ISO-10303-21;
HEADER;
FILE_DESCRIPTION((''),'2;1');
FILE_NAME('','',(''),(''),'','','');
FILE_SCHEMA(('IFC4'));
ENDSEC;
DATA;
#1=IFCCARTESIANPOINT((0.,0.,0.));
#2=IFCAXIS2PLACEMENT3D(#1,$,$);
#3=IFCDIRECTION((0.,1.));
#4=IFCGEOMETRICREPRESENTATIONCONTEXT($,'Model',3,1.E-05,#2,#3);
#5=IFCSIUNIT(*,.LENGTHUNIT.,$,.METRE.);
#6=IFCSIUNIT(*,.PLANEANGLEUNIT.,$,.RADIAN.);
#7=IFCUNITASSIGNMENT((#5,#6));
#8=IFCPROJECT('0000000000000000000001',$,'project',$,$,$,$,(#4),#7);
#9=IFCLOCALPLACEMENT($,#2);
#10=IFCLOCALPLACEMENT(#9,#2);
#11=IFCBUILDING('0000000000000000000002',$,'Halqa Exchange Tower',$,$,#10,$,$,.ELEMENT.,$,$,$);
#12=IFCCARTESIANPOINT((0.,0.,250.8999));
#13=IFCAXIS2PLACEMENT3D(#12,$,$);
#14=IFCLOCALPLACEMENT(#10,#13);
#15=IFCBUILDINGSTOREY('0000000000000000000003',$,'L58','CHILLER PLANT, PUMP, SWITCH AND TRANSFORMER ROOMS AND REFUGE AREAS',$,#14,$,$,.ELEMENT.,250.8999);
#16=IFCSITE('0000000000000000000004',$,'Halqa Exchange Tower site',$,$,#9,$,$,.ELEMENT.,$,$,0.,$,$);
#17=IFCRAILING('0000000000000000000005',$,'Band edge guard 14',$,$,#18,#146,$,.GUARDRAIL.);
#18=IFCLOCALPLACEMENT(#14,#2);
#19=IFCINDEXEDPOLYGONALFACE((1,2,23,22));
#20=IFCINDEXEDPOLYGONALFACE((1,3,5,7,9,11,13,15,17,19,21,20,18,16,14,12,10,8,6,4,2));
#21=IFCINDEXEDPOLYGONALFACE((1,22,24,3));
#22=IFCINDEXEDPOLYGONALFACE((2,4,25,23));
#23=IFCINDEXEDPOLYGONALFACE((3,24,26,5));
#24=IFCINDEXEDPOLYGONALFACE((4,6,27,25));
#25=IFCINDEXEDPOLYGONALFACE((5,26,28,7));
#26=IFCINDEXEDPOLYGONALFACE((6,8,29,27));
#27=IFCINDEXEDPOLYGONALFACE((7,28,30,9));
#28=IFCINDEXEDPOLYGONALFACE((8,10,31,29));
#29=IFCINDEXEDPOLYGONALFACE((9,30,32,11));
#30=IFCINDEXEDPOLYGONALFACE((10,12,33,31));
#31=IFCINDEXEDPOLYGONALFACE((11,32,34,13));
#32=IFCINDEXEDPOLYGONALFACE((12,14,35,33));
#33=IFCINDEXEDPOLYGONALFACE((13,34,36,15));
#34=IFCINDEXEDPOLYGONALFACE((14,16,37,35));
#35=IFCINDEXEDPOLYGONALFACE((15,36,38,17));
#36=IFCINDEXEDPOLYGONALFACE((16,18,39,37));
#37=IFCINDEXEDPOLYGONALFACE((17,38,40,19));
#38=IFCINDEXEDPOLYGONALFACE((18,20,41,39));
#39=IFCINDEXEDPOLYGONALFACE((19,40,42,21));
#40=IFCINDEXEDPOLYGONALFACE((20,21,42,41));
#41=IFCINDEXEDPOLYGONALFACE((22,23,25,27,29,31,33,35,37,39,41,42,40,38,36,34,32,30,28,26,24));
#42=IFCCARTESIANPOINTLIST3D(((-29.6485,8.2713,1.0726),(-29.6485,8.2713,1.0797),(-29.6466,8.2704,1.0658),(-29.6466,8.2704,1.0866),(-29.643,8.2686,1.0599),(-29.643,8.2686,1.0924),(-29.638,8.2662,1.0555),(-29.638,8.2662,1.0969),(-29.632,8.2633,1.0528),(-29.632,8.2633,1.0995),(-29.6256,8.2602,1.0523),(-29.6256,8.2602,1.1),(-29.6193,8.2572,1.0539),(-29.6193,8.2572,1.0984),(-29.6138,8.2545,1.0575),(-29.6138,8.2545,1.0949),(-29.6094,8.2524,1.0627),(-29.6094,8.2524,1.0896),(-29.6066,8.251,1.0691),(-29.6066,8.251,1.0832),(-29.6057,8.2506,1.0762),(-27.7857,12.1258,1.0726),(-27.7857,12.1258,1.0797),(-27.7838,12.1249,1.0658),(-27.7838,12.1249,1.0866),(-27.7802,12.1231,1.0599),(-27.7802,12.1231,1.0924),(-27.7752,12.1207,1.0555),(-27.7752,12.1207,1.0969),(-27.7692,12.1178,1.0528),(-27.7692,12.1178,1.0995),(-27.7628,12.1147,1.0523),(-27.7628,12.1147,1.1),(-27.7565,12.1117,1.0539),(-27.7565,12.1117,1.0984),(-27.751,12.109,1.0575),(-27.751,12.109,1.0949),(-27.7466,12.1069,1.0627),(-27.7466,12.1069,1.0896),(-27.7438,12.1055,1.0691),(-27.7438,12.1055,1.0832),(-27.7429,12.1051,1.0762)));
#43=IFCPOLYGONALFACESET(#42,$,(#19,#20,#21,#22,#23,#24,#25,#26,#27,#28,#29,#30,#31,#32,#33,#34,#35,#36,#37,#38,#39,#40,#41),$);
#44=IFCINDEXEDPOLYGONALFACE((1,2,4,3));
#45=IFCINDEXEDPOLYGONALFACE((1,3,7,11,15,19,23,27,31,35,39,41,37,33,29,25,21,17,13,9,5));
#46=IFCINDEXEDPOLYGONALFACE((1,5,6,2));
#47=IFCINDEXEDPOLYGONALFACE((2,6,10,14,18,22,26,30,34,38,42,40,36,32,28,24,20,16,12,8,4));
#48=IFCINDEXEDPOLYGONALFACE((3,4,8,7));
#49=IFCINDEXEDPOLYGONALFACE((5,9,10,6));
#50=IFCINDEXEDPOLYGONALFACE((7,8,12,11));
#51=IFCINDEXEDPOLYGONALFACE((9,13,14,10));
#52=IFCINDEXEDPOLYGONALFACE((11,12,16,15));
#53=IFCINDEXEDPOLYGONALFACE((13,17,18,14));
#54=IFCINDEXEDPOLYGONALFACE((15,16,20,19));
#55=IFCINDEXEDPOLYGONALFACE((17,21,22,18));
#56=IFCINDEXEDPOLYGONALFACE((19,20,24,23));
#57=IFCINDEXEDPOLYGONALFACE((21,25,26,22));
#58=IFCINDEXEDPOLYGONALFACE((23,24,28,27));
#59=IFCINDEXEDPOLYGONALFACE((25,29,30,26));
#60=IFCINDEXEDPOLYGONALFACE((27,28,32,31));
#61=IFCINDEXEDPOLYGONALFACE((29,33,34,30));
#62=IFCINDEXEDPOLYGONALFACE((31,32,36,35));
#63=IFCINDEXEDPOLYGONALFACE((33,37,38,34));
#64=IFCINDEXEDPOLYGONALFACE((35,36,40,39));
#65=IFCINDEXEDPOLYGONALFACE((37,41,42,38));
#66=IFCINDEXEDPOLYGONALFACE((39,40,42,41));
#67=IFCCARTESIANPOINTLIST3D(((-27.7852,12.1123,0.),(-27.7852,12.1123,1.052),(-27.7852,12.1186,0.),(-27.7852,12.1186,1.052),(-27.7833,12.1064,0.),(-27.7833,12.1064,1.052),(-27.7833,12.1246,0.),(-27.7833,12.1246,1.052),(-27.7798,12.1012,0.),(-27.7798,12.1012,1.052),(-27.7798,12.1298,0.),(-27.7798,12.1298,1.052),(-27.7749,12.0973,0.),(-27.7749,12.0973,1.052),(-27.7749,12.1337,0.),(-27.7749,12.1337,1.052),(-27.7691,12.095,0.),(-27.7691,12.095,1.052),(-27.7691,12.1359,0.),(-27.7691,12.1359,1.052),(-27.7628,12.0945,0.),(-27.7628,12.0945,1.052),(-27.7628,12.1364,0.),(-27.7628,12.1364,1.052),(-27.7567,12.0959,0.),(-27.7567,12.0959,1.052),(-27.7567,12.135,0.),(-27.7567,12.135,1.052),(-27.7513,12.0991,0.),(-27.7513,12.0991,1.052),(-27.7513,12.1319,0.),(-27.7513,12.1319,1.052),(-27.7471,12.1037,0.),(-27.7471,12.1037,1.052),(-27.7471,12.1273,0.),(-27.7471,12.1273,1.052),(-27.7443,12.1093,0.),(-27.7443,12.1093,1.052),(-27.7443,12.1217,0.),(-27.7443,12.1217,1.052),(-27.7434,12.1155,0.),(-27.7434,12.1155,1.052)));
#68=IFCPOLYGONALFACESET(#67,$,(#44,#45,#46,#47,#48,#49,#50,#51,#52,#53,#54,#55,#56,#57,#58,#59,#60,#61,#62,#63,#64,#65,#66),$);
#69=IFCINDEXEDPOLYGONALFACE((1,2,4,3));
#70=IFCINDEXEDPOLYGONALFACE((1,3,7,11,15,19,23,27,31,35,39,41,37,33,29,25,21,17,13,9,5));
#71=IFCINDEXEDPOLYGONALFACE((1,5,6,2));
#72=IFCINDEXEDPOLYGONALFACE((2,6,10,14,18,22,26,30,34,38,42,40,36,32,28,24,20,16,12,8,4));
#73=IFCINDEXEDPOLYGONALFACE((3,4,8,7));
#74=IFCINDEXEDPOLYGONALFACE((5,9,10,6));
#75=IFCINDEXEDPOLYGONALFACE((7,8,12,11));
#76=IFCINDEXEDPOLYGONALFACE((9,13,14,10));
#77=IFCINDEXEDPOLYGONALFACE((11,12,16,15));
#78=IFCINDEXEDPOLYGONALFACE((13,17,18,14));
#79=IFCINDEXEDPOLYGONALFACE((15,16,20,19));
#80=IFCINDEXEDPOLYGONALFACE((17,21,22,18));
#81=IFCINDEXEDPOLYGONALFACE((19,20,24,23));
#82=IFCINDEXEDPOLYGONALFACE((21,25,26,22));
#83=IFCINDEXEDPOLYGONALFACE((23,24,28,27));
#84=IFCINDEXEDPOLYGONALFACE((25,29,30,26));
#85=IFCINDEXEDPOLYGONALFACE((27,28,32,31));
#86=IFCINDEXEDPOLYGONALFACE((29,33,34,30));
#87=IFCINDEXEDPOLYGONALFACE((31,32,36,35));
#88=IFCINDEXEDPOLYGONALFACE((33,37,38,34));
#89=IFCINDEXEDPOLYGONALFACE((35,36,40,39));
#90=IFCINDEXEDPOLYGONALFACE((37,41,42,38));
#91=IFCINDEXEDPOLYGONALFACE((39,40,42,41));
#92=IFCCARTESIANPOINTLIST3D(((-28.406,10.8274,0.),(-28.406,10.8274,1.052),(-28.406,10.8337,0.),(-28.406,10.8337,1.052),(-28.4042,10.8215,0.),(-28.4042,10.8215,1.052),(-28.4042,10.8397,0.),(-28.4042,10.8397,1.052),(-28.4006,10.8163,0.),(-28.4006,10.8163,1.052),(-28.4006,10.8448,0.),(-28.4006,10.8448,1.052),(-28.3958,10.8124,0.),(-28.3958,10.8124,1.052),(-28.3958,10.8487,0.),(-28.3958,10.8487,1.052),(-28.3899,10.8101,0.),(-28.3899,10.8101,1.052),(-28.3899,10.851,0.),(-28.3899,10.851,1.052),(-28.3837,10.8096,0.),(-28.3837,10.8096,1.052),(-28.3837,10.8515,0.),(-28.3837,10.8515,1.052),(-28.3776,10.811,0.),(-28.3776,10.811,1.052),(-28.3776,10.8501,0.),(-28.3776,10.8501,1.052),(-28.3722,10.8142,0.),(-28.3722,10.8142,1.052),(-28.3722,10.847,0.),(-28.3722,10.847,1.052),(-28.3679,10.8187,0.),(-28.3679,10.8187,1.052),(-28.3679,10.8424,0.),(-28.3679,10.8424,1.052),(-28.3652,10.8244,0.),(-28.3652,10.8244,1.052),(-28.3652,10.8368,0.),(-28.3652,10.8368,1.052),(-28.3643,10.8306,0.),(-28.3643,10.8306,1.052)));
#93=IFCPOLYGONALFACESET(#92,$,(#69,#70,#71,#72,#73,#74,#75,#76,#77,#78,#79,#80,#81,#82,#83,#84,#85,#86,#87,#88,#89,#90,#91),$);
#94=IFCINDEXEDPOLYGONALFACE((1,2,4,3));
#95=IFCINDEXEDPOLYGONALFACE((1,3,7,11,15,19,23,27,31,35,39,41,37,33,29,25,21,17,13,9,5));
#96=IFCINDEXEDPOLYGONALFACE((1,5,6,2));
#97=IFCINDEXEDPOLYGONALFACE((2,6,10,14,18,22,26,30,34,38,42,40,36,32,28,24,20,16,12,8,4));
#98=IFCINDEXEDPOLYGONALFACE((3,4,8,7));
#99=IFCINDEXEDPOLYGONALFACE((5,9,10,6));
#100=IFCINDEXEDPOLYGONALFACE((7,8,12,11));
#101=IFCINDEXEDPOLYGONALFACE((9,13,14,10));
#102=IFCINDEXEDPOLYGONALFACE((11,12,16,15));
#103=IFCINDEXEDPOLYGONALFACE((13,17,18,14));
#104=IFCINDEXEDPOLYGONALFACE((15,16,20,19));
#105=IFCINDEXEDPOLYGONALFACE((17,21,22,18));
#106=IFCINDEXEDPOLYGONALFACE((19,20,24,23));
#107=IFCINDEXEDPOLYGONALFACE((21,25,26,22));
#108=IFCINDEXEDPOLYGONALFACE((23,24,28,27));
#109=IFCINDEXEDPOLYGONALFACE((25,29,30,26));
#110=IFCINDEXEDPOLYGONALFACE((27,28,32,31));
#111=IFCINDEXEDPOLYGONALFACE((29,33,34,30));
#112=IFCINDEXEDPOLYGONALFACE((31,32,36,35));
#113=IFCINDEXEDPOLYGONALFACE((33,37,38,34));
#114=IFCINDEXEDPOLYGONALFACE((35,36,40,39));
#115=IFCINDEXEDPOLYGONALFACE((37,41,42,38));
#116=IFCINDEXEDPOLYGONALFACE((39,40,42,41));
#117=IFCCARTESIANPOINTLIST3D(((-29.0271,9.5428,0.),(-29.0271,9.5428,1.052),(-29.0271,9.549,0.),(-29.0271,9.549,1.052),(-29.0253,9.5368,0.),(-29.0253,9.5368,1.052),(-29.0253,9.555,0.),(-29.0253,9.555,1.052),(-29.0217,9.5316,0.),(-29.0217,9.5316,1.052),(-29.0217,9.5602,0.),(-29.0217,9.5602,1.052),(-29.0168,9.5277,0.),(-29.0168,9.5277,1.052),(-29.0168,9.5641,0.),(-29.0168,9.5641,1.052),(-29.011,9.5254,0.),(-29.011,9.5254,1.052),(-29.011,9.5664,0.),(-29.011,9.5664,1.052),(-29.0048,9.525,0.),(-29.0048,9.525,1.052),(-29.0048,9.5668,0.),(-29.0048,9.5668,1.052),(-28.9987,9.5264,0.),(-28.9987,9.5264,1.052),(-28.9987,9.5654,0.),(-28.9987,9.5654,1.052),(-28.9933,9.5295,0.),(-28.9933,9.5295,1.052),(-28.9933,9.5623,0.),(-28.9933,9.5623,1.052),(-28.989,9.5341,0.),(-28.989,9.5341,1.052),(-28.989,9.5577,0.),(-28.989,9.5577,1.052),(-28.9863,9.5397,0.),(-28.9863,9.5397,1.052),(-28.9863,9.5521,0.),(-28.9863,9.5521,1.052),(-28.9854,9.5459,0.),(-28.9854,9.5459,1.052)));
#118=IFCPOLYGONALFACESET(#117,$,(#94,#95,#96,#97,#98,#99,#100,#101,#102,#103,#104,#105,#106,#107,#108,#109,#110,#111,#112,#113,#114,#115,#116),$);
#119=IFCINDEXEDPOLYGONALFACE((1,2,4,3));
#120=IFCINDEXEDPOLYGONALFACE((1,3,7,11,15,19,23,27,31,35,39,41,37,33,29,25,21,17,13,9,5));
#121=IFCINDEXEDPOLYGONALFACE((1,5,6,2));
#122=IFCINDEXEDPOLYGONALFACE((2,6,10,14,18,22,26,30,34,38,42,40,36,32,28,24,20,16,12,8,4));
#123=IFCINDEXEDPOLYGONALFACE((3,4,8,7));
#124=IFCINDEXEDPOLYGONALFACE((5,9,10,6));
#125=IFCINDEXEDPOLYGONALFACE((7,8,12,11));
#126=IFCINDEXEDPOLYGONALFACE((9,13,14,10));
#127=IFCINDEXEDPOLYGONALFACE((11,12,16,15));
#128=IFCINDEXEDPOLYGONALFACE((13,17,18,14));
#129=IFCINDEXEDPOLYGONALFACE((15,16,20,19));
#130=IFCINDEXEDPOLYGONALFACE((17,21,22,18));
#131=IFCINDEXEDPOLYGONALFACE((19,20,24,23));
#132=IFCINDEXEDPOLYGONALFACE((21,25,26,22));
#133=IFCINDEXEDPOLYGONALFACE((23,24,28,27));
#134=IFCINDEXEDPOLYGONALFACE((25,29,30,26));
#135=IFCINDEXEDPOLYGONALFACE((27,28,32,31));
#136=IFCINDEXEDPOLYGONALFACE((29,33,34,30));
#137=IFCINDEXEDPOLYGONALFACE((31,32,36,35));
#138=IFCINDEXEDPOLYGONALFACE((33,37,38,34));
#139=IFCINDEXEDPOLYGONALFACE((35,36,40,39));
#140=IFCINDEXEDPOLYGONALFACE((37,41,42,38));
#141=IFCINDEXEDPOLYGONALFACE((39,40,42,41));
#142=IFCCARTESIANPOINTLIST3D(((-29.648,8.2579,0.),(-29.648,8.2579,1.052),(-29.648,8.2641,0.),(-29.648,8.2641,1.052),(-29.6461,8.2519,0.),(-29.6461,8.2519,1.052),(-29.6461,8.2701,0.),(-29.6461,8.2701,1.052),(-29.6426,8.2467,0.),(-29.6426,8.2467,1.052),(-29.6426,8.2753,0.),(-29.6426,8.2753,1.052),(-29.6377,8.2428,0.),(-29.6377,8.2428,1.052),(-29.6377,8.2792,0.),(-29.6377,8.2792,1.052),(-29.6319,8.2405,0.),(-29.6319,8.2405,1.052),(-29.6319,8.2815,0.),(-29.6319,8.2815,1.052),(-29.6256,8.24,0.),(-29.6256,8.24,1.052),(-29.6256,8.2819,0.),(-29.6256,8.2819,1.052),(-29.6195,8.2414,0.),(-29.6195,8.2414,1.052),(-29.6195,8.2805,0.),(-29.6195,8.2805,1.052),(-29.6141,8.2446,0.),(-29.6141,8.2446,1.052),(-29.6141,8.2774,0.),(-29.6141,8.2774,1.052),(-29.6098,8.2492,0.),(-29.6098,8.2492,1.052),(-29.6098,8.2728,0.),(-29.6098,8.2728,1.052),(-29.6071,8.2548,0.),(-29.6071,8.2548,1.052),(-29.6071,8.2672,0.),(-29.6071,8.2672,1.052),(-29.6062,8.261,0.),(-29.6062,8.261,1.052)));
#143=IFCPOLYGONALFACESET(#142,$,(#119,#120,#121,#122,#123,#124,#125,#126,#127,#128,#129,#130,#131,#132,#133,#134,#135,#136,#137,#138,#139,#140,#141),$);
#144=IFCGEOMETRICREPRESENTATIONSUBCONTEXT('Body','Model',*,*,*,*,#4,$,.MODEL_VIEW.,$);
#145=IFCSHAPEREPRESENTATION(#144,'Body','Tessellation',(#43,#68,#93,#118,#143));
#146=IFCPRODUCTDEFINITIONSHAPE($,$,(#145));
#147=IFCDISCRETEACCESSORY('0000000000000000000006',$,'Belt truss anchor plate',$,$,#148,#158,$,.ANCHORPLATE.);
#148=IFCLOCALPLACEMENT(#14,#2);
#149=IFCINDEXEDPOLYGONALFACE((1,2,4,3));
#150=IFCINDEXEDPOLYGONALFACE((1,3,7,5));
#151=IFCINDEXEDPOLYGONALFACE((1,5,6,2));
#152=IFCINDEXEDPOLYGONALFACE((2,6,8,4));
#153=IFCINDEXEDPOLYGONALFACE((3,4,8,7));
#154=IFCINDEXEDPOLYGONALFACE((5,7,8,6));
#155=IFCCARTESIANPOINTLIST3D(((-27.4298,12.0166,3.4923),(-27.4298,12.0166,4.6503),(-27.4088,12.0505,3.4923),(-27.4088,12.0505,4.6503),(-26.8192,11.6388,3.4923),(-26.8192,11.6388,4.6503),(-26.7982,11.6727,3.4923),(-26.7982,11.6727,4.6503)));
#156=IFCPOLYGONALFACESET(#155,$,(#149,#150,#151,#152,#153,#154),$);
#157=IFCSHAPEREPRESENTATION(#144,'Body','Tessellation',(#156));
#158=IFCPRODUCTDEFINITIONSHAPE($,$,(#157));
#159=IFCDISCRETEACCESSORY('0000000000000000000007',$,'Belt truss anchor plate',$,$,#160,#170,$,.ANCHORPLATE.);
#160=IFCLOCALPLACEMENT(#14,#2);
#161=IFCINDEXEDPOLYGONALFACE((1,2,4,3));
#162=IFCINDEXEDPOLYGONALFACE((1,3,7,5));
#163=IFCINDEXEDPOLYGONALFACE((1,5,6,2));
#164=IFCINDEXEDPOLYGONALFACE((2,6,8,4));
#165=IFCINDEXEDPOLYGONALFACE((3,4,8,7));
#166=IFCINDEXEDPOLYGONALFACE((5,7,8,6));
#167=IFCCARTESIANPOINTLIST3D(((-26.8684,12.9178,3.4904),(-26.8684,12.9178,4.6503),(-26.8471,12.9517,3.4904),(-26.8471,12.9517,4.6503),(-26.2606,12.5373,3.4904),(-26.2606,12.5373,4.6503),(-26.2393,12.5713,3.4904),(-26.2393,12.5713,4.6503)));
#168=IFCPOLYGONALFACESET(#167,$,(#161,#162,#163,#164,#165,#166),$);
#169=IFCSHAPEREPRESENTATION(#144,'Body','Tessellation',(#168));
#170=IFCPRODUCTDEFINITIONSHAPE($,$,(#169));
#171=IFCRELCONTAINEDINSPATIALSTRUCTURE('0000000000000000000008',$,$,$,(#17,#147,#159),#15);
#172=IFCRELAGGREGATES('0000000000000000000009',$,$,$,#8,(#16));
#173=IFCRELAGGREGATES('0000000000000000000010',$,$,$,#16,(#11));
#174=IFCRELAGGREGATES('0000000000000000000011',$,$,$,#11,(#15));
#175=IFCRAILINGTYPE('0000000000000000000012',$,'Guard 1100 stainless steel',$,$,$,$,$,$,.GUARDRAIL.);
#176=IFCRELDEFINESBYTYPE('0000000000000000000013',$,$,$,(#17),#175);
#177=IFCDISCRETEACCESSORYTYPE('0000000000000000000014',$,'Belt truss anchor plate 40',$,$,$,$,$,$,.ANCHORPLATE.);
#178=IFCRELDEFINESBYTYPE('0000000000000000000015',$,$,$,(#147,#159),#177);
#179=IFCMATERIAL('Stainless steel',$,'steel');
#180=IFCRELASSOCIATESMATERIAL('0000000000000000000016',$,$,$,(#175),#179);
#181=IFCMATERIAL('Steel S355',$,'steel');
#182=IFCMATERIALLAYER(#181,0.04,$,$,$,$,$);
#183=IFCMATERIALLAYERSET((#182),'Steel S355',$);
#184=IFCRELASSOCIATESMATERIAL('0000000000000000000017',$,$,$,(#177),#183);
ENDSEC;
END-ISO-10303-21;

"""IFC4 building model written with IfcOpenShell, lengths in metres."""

from ifc_helpers import new_model, si_unit, direction, frame, origin, origin_2d, place, context, subcontext, project, spatial, rectangle, circle, extrude, material, layer, layer_set, type_object, element, save


model = new_model("IFC4")

# Units and contexts
model_context = context("Model", 3, precision=1e-05, world=origin(), true_north=direction((0.0, 1.0)))
body_context = subcontext(model_context, "Body", "Model", "MODEL_VIEW")
ifc_project = project(units=[si_unit("LENGTHUNIT", "METRE"), si_unit("PLANEANGLEUNIT", "RADIAN")], contexts=[model_context])

# Site, building, storey
site_placement = place(None, origin())
site = spatial("IfcSite", under=ifc_project, at=site_placement, Name="Halqa Exchange Tower site", CompositionType="ELEMENT", RefElevation=0.0)
building_placement = place(site_placement, origin())
building = spatial("IfcBuilding", under=site, at=building_placement, Name="Halqa Exchange Tower", CompositionType="ELEMENT")
storey_placement = place(building_placement, frame((0.0, 0.0, 250.8999)))
storey = spatial("IfcBuildingStorey", under=building, at=storey_placement, Name="L58", Description="CHILLER PLANT, PUMP, SWITCH AND TRANSFORMER ROOMS AND REFUGE AREAS", CompositionType="ELEMENT", Elevation=250.8999)

# Shared definitions
ifc_material_1 = material(Name="Steel S355", Category="steel")

# Railing
ifc_material_2 = material(Name="Stainless steel", Category="steel")
railing_type = type_object("IfcRailingType", Name="Guard 1100 stainless steel", PredefinedType="GUARDRAIL", material=ifc_material_2)
railing_placement = place(storey_placement, frame((-27.7644, 12.1155, 0.0)))
element("IfcRailing", 1, at=railing_placement, inside=storey, type_object=railing_type, Name="Band edge guard 14", PredefinedType="GUARDRAIL", context=body_context, shape_type="SweptSolid", body=[
    extrude(circle(Radius=0.0239, at=origin_2d()), frame((0.0, 0.0, 1.0762), z_axis=(-0.435129, -0.900368, 0.0), x_axis=(0.900368, -0.435129, 0.0)), (0.0, 0.0, 1.0), 4.281),
    extrude(circle(Radius=0.021, at=origin_2d()), origin(), (0.0, 0.0, 1.0), 1.052),
    extrude(circle(Radius=0.021, at=origin_2d()), frame((-0.6208, -1.2849, 0.0)), (0.0, 0.0, 1.0), 1.052),
    extrude(circle(Radius=0.021, at=origin_2d()), frame((-1.2419, -2.5696, 0.0)), (0.0, 0.0, 1.0), 1.052),
    extrude(circle(Radius=0.021, at=origin_2d()), frame((-1.8628, -3.8545, 0.0)), (0.0, 0.0, 1.0), 1.052),
])

# Discrete accessories
ifc_layer_1 = layer(ifc_material_1, 0.04)
ifc_layer_set_1 = layer_set([ifc_layer_1], Name="Steel S355")
discrete_accessory_type = type_object("IfcDiscreteAccessoryType", Name="Belt truss anchor plate 40", PredefinedType="ANCHORPLATE", material=ifc_layer_set_1)
discrete_accessory_1_placement = place(storey_placement, frame((-27.1035, 11.8616, 4.0713), z_axis=(-0.526144, -0.850396, 0.0), x_axis=(0.850396, -0.526144, 0.0)))
element("IfcDiscreteAccessory", 2, at=discrete_accessory_1_placement, inside=storey, type_object=discrete_accessory_type, Name="Belt truss anchor plate", PredefinedType="ANCHORPLATE", context=body_context, shape_type="SweptSolid", body=[
    extrude(rectangle(XDim=0.718, YDim=1.158, at=origin_2d()), origin(), (0.0, 0.0, 1.0), 0.0398),
])
discrete_accessory_2_placement = place(storey_placement, frame((-26.5645, 12.7275, 4.0703), z_axis=(0.530547, 0.847656, 0.0), x_axis=(-0.847656, 0.530547, 0.0)))
element("IfcDiscreteAccessory", 3, at=discrete_accessory_2_placement, inside=storey, type_object=discrete_accessory_type, Name="Belt truss anchor plate", PredefinedType="ANCHORPLATE", context=body_context, shape_type="SweptSolid", body=[
    extrude(rectangle(XDim=0.717, YDim=1.1599, at=origin_2d()), origin(), (0.0, 0.0, 1.0), 0.04),
])

save(model, "model.ifc")
